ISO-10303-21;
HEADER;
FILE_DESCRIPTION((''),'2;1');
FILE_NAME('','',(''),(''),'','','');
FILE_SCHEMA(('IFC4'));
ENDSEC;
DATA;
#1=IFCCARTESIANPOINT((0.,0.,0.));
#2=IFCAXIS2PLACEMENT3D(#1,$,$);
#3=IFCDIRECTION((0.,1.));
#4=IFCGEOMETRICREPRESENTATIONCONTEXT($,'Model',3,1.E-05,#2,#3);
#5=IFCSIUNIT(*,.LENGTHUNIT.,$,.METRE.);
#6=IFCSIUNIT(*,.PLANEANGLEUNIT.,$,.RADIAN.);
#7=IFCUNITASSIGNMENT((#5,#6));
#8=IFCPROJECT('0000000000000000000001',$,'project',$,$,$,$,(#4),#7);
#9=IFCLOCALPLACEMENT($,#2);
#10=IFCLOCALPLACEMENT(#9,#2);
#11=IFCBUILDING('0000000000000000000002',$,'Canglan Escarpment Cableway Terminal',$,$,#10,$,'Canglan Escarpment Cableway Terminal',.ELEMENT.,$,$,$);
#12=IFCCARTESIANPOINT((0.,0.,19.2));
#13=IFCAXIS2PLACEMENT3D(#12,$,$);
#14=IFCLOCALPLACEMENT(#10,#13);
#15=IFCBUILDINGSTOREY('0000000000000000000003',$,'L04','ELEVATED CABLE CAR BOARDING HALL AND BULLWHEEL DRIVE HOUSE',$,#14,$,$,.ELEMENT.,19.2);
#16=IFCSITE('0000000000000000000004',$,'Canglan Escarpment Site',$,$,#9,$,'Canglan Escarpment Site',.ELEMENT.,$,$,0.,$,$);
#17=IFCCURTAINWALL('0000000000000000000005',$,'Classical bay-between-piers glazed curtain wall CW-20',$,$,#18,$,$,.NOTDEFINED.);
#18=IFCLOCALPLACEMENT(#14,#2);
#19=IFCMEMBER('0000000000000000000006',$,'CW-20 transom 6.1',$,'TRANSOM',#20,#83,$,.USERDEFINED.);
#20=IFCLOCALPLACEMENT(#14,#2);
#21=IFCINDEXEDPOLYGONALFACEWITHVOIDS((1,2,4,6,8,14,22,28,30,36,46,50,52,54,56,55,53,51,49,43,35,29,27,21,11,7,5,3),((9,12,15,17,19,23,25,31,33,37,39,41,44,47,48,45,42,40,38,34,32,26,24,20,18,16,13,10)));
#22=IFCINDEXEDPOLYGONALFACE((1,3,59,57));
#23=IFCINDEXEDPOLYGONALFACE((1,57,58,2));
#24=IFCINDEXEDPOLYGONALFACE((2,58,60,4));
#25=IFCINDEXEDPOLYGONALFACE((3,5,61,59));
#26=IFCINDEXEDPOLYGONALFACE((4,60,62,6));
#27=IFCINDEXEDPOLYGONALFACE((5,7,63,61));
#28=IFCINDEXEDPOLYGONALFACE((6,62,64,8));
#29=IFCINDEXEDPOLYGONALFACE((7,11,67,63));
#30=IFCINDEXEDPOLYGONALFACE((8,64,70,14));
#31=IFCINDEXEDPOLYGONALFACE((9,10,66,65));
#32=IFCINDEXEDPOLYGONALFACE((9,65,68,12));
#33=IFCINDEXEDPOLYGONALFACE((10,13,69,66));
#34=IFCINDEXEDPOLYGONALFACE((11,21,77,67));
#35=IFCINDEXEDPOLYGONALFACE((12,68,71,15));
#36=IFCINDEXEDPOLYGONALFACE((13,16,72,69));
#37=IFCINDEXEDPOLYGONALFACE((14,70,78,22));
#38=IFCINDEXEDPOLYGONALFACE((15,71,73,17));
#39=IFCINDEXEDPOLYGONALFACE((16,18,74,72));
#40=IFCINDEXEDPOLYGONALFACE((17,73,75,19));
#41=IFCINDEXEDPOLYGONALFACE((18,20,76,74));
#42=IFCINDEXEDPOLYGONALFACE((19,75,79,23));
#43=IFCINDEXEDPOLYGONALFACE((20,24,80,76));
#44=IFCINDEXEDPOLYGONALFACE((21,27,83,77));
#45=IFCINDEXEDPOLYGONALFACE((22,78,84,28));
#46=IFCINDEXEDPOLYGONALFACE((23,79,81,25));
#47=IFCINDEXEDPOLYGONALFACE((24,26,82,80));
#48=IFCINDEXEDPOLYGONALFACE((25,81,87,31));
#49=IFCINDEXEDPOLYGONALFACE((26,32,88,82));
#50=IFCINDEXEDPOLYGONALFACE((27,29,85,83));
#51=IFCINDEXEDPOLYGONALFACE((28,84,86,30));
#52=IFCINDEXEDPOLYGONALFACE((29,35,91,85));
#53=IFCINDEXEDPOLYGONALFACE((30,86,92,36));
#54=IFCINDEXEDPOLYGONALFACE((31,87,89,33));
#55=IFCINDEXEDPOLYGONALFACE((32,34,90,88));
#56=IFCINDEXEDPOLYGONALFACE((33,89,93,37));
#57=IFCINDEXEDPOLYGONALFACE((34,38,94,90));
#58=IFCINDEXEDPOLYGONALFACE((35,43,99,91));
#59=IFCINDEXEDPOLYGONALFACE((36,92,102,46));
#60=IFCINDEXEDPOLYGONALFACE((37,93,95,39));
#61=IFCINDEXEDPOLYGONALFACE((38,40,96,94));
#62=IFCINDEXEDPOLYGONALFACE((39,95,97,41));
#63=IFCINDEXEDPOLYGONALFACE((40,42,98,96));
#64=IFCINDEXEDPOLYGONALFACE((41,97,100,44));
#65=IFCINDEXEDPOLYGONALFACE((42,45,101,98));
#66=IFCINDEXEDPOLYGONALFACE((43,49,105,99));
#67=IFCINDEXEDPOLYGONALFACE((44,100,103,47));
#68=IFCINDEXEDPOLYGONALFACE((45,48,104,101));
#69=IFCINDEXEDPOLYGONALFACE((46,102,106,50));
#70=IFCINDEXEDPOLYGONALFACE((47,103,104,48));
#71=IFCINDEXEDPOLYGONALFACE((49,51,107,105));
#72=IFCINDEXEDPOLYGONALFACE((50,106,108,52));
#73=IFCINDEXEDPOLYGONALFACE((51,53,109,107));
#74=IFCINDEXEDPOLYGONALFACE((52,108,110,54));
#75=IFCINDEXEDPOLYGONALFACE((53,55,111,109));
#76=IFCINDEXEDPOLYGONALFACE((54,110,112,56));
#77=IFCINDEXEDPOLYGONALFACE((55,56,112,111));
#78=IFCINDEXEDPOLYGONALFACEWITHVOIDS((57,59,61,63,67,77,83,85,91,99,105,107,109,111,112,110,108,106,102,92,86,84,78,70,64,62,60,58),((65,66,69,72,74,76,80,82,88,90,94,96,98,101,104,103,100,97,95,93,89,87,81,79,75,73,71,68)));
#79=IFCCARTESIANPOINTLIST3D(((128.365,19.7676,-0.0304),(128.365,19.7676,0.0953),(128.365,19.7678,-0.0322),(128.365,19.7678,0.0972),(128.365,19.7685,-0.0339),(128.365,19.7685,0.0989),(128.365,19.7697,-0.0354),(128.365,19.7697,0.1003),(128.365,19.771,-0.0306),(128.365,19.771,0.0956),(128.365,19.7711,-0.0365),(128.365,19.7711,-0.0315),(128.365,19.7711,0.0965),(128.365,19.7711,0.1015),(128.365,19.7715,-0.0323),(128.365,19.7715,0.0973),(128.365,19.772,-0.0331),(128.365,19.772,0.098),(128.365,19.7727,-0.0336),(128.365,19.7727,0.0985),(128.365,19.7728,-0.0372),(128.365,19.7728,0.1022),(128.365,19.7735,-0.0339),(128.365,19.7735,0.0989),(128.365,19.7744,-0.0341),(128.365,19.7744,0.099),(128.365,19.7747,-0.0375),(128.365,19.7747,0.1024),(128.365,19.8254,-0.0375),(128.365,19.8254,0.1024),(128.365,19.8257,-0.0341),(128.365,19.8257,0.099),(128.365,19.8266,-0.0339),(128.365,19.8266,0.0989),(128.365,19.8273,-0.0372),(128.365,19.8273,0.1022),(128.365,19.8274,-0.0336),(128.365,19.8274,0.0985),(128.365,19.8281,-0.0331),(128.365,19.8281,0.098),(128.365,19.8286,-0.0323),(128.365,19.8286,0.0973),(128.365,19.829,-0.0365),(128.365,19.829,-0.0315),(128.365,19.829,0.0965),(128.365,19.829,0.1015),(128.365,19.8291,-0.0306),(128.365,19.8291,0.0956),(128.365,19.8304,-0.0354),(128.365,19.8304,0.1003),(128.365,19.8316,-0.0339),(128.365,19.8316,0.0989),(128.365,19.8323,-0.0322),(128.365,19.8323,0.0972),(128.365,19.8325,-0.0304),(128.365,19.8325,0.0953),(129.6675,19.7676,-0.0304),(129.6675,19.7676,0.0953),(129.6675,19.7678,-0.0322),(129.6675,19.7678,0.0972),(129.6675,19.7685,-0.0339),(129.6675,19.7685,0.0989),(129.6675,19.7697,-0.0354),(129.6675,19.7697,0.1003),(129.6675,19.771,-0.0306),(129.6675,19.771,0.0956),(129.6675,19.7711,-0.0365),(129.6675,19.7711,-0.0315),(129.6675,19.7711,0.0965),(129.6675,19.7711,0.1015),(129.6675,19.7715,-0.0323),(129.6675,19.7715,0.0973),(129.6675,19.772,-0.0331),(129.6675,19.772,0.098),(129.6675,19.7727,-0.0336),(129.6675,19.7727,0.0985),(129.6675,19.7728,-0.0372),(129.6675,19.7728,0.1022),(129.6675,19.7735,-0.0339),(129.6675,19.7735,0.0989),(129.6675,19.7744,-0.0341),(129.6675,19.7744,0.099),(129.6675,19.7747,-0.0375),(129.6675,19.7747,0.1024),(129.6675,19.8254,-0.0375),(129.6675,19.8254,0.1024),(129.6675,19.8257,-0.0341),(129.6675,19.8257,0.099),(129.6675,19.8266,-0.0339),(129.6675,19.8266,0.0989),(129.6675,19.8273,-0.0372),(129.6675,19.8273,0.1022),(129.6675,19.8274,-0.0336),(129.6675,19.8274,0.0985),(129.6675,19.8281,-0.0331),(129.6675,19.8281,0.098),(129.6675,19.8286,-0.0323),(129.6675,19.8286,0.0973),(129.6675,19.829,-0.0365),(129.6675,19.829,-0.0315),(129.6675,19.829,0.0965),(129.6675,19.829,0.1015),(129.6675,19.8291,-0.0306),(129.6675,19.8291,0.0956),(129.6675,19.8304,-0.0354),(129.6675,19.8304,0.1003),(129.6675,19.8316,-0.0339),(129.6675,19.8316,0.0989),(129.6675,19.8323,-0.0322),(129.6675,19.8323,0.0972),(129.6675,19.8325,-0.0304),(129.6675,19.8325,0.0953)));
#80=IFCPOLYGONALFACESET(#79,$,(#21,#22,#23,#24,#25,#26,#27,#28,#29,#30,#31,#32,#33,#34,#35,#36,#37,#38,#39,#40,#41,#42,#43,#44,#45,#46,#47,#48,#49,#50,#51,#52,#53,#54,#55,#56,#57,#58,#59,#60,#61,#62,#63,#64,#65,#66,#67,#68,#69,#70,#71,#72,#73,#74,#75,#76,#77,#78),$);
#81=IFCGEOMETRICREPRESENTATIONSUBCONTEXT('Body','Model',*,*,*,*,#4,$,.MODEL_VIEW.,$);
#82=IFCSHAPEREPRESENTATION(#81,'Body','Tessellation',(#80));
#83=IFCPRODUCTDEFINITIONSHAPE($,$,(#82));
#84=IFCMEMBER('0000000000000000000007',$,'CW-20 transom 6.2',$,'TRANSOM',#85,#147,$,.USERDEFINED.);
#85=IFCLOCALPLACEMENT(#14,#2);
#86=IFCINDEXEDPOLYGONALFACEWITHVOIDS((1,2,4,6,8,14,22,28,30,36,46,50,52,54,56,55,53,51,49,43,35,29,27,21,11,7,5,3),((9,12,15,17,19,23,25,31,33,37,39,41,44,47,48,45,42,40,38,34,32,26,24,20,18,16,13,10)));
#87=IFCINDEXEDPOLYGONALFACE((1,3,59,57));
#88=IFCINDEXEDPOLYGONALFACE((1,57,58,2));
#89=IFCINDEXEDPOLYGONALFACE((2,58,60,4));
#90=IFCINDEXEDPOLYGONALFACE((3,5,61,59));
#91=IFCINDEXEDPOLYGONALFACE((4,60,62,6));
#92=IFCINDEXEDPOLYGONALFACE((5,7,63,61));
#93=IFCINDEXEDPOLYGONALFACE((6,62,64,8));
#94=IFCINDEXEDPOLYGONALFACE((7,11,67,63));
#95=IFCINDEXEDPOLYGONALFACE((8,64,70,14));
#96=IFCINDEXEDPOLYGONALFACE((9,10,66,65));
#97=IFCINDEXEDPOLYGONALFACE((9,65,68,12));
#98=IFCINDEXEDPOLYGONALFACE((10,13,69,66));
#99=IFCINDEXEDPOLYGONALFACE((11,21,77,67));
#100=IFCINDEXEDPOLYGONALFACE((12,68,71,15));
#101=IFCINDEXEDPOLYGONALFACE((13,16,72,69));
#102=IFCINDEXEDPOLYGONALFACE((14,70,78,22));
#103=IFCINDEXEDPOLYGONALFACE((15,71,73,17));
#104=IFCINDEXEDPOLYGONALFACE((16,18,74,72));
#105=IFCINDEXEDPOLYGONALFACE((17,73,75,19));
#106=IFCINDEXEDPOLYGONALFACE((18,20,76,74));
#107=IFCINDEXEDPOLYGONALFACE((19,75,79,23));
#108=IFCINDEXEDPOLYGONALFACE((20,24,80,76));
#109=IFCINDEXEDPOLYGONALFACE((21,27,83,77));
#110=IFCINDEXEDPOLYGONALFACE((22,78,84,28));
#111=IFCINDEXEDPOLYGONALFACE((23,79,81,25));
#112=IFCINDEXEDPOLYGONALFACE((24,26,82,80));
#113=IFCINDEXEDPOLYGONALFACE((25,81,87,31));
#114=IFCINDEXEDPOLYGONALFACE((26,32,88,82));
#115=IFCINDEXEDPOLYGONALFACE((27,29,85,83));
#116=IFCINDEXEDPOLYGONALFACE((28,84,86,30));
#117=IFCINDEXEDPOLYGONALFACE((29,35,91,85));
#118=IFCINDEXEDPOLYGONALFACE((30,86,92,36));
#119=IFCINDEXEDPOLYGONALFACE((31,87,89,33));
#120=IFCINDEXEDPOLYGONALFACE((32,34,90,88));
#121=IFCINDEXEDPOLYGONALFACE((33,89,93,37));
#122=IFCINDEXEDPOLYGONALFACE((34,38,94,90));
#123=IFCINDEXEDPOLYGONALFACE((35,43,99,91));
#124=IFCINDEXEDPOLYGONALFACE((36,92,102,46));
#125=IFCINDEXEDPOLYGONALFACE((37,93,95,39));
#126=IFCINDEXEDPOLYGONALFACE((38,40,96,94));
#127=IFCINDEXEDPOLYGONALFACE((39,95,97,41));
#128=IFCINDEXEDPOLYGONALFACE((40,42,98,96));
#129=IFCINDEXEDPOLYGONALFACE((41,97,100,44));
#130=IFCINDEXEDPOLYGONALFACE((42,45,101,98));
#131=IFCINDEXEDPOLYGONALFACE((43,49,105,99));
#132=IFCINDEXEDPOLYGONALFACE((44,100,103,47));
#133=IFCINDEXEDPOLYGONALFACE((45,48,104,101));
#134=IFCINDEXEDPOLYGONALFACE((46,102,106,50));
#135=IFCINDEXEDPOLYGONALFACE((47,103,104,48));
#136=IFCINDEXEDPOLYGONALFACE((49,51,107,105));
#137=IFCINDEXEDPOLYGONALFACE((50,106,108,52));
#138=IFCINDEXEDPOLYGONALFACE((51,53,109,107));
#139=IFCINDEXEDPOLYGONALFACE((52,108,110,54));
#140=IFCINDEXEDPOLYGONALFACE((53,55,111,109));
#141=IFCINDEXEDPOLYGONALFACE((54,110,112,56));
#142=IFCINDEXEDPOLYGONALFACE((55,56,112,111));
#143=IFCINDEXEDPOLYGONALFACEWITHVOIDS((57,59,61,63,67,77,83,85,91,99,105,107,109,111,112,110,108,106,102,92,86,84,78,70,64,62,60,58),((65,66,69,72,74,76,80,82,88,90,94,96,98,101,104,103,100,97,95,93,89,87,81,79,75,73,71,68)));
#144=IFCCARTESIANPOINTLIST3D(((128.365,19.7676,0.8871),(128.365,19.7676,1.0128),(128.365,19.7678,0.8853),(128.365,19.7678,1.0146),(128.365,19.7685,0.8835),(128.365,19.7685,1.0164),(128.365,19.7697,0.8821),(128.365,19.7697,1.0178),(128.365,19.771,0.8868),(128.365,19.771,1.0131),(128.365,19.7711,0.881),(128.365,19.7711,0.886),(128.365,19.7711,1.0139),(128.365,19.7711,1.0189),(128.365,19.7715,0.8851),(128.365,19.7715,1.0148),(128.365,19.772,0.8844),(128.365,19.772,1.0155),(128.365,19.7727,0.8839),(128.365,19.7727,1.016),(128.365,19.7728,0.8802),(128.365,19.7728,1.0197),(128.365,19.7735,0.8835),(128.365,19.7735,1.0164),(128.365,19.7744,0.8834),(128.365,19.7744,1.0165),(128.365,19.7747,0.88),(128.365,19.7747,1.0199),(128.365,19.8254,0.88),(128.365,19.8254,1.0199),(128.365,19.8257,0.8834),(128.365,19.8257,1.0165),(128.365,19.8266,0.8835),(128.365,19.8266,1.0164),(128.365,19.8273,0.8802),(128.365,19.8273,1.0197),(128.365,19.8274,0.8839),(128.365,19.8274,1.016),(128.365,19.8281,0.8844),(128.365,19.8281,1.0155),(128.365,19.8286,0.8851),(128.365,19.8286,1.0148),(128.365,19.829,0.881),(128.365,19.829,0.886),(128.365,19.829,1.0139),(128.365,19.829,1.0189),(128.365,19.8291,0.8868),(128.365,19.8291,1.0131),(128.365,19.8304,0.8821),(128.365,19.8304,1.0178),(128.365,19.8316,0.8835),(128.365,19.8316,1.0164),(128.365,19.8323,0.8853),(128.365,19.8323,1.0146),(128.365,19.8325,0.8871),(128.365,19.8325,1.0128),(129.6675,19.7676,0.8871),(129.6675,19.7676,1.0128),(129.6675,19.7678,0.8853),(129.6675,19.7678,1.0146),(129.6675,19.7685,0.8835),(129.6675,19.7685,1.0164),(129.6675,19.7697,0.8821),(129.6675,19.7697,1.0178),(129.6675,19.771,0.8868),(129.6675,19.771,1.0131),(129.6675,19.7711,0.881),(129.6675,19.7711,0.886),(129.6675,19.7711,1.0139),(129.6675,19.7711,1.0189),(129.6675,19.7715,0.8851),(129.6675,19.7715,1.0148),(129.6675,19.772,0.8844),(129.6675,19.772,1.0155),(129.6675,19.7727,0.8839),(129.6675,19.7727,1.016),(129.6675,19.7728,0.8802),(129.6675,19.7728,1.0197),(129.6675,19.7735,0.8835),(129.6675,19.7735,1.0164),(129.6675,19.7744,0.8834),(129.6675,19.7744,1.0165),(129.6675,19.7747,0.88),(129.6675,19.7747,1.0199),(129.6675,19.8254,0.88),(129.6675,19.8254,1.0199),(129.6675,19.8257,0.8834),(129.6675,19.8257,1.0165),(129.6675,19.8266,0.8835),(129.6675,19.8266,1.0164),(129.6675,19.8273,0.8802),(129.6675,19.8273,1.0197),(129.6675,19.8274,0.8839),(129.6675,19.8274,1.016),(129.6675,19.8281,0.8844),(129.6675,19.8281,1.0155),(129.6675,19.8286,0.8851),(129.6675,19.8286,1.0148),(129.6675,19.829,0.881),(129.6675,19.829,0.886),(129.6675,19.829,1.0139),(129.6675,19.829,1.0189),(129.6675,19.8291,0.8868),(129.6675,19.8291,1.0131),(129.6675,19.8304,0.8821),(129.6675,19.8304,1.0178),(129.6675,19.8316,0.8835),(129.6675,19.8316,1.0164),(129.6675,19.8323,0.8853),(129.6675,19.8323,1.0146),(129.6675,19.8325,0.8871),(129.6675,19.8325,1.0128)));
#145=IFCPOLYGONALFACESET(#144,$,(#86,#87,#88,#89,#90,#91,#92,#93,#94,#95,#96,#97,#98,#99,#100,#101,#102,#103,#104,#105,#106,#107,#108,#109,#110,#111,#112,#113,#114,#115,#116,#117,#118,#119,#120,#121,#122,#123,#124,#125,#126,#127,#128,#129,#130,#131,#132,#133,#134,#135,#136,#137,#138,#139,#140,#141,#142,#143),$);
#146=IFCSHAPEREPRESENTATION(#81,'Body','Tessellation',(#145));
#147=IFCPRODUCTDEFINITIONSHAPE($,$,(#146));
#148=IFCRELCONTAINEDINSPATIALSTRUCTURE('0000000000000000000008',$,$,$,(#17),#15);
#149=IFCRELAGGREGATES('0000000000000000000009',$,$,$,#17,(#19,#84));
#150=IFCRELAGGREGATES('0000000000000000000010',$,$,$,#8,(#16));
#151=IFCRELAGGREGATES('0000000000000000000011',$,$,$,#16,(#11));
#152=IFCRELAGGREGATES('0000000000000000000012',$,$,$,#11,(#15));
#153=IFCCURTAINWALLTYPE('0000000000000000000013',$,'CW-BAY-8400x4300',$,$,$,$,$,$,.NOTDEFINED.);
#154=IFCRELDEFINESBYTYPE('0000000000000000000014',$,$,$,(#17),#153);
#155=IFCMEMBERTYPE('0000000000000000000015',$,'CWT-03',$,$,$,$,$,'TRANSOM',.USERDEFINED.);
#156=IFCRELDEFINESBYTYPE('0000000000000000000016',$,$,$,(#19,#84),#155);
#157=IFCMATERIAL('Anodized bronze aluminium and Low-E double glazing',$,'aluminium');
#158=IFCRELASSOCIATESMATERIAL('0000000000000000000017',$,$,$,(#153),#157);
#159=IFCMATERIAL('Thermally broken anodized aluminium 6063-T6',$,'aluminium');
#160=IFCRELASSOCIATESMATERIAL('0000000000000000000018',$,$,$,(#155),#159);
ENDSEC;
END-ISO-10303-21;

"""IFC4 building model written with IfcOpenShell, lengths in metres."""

from ifc_helpers import new_model, si_unit, direction, frame, origin, origin_2d, place, context, subcontext, project, spatial, hollow_rectangle, extrude, material, material_profile, profile_set, type_object, element, aggregate, save


model = new_model("IFC4")

# Units and contexts
model_context = context("Model", 3, precision=1e-05, world=origin(), true_north=direction((0.0, 1.0)))
body_context = subcontext(model_context, "Body", "Model", "MODEL_VIEW")
ifc_project = project(units=[si_unit("LENGTHUNIT", "METRE"), si_unit("PLANEANGLEUNIT", "RADIAN")], contexts=[model_context])

# Site, building, storey
site_placement = place(None, origin())
site = spatial("IfcSite", under=ifc_project, at=site_placement, Name="Canglan Escarpment Site", LongName="Canglan Escarpment Site", CompositionType="ELEMENT", RefElevation=0.0)
building_placement = place(site_placement, origin())
building = spatial("IfcBuilding", under=site, at=building_placement, Name="Canglan Escarpment Cableway Terminal", LongName="Canglan Escarpment Cableway Terminal", CompositionType="ELEMENT")
storey_placement = place(building_placement, frame((0.0, 0.0, 19.2)))
storey = spatial("IfcBuildingStorey", under=building, at=storey_placement, Name="L04", Description="ELEVATED CABLE CAR BOARDING HALL AND BULLWHEEL DRIVE HOUSE", CompositionType="ELEMENT", Elevation=19.2)

# Curtain wall, members
ifc_material_1 = material(Name="Anodized bronze aluminium and Low-E double glazing", Category="aluminium")
curtain_wall_type = type_object("IfcCurtainWallType", Name="CW-BAY-8400x4300", PredefinedType="NOTDEFINED", material=ifc_material_1)
curtain_wall_placement = place(storey_placement, origin())
curtain_wall = element("IfcCurtainWall", 1, at=curtain_wall_placement, inside=storey, type_object=curtain_wall_type, Name="Classical bay-between-piers glazed curtain wall CW-20", PredefinedType="NOTDEFINED")
ifc_material_2 = material(Name="Thermally broken anodized aluminium 6063-T6", Category="aluminium")
ifc_material_profile_1 = material_profile(ifc_material_2, hollow_rectangle(XDim=0.0649, YDim=0.1399, WallThickness=0.0034, InnerFilletRadius=0.0034, OuterFilletRadius=0.0071, at=origin_2d()), Name="ALU-TRAN 65x140x3.5")
ifc_profile_set_1 = profile_set([ifc_material_profile_1], Name="Thermally broken anodized aluminium 6063-T6")
member_type_1 = type_object("IfcMemberType", Name="CWT-03", ElementType="TRANSOM", PredefinedType="USERDEFINED", material=ifc_profile_set_1)
member_1_placement = place(storey_placement, frame((129.6675, 19.8, 0.0325), z_axis=(-1.0, 0.0, 0.0), x_axis=(0.0, -1.0, 0.0)))
member_1 = element("IfcMember", 2, at=member_1_placement, type_object=member_type_1, Name="CW-20 transom 6.1", ObjectType="TRANSOM", PredefinedType="USERDEFINED", context=body_context, shape_type="SweptSolid", body=[
    extrude(hollow_rectangle(XDim=0.0649, YDim=0.1399, WallThickness=0.0034, InnerFilletRadius=0.0034, OuterFilletRadius=0.0071, at=origin_2d()), origin(), (0.0, 0.0, 1.0), 1.3025),
])
member_2_placement = place(storey_placement, frame((129.6675, 19.8, 0.95), z_axis=(-1.0, 0.0, 0.0), x_axis=(0.0, -1.0, 0.0)))
member_2 = element("IfcMember", 3, at=member_2_placement, type_object=member_type_1, Name="CW-20 transom 6.2", ObjectType="TRANSOM", PredefinedType="USERDEFINED", context=body_context, shape_type="SweptSolid", body=[
    extrude(hollow_rectangle(XDim=0.0649, YDim=0.1399, WallThickness=0.0034, InnerFilletRadius=0.0034, OuterFilletRadius=0.0071, at=origin_2d()), origin(), (0.0, 0.0, 1.0), 1.3025),
])

aggregate(curtain_wall, [member_1, member_2])

save(model, "model.ifc")
